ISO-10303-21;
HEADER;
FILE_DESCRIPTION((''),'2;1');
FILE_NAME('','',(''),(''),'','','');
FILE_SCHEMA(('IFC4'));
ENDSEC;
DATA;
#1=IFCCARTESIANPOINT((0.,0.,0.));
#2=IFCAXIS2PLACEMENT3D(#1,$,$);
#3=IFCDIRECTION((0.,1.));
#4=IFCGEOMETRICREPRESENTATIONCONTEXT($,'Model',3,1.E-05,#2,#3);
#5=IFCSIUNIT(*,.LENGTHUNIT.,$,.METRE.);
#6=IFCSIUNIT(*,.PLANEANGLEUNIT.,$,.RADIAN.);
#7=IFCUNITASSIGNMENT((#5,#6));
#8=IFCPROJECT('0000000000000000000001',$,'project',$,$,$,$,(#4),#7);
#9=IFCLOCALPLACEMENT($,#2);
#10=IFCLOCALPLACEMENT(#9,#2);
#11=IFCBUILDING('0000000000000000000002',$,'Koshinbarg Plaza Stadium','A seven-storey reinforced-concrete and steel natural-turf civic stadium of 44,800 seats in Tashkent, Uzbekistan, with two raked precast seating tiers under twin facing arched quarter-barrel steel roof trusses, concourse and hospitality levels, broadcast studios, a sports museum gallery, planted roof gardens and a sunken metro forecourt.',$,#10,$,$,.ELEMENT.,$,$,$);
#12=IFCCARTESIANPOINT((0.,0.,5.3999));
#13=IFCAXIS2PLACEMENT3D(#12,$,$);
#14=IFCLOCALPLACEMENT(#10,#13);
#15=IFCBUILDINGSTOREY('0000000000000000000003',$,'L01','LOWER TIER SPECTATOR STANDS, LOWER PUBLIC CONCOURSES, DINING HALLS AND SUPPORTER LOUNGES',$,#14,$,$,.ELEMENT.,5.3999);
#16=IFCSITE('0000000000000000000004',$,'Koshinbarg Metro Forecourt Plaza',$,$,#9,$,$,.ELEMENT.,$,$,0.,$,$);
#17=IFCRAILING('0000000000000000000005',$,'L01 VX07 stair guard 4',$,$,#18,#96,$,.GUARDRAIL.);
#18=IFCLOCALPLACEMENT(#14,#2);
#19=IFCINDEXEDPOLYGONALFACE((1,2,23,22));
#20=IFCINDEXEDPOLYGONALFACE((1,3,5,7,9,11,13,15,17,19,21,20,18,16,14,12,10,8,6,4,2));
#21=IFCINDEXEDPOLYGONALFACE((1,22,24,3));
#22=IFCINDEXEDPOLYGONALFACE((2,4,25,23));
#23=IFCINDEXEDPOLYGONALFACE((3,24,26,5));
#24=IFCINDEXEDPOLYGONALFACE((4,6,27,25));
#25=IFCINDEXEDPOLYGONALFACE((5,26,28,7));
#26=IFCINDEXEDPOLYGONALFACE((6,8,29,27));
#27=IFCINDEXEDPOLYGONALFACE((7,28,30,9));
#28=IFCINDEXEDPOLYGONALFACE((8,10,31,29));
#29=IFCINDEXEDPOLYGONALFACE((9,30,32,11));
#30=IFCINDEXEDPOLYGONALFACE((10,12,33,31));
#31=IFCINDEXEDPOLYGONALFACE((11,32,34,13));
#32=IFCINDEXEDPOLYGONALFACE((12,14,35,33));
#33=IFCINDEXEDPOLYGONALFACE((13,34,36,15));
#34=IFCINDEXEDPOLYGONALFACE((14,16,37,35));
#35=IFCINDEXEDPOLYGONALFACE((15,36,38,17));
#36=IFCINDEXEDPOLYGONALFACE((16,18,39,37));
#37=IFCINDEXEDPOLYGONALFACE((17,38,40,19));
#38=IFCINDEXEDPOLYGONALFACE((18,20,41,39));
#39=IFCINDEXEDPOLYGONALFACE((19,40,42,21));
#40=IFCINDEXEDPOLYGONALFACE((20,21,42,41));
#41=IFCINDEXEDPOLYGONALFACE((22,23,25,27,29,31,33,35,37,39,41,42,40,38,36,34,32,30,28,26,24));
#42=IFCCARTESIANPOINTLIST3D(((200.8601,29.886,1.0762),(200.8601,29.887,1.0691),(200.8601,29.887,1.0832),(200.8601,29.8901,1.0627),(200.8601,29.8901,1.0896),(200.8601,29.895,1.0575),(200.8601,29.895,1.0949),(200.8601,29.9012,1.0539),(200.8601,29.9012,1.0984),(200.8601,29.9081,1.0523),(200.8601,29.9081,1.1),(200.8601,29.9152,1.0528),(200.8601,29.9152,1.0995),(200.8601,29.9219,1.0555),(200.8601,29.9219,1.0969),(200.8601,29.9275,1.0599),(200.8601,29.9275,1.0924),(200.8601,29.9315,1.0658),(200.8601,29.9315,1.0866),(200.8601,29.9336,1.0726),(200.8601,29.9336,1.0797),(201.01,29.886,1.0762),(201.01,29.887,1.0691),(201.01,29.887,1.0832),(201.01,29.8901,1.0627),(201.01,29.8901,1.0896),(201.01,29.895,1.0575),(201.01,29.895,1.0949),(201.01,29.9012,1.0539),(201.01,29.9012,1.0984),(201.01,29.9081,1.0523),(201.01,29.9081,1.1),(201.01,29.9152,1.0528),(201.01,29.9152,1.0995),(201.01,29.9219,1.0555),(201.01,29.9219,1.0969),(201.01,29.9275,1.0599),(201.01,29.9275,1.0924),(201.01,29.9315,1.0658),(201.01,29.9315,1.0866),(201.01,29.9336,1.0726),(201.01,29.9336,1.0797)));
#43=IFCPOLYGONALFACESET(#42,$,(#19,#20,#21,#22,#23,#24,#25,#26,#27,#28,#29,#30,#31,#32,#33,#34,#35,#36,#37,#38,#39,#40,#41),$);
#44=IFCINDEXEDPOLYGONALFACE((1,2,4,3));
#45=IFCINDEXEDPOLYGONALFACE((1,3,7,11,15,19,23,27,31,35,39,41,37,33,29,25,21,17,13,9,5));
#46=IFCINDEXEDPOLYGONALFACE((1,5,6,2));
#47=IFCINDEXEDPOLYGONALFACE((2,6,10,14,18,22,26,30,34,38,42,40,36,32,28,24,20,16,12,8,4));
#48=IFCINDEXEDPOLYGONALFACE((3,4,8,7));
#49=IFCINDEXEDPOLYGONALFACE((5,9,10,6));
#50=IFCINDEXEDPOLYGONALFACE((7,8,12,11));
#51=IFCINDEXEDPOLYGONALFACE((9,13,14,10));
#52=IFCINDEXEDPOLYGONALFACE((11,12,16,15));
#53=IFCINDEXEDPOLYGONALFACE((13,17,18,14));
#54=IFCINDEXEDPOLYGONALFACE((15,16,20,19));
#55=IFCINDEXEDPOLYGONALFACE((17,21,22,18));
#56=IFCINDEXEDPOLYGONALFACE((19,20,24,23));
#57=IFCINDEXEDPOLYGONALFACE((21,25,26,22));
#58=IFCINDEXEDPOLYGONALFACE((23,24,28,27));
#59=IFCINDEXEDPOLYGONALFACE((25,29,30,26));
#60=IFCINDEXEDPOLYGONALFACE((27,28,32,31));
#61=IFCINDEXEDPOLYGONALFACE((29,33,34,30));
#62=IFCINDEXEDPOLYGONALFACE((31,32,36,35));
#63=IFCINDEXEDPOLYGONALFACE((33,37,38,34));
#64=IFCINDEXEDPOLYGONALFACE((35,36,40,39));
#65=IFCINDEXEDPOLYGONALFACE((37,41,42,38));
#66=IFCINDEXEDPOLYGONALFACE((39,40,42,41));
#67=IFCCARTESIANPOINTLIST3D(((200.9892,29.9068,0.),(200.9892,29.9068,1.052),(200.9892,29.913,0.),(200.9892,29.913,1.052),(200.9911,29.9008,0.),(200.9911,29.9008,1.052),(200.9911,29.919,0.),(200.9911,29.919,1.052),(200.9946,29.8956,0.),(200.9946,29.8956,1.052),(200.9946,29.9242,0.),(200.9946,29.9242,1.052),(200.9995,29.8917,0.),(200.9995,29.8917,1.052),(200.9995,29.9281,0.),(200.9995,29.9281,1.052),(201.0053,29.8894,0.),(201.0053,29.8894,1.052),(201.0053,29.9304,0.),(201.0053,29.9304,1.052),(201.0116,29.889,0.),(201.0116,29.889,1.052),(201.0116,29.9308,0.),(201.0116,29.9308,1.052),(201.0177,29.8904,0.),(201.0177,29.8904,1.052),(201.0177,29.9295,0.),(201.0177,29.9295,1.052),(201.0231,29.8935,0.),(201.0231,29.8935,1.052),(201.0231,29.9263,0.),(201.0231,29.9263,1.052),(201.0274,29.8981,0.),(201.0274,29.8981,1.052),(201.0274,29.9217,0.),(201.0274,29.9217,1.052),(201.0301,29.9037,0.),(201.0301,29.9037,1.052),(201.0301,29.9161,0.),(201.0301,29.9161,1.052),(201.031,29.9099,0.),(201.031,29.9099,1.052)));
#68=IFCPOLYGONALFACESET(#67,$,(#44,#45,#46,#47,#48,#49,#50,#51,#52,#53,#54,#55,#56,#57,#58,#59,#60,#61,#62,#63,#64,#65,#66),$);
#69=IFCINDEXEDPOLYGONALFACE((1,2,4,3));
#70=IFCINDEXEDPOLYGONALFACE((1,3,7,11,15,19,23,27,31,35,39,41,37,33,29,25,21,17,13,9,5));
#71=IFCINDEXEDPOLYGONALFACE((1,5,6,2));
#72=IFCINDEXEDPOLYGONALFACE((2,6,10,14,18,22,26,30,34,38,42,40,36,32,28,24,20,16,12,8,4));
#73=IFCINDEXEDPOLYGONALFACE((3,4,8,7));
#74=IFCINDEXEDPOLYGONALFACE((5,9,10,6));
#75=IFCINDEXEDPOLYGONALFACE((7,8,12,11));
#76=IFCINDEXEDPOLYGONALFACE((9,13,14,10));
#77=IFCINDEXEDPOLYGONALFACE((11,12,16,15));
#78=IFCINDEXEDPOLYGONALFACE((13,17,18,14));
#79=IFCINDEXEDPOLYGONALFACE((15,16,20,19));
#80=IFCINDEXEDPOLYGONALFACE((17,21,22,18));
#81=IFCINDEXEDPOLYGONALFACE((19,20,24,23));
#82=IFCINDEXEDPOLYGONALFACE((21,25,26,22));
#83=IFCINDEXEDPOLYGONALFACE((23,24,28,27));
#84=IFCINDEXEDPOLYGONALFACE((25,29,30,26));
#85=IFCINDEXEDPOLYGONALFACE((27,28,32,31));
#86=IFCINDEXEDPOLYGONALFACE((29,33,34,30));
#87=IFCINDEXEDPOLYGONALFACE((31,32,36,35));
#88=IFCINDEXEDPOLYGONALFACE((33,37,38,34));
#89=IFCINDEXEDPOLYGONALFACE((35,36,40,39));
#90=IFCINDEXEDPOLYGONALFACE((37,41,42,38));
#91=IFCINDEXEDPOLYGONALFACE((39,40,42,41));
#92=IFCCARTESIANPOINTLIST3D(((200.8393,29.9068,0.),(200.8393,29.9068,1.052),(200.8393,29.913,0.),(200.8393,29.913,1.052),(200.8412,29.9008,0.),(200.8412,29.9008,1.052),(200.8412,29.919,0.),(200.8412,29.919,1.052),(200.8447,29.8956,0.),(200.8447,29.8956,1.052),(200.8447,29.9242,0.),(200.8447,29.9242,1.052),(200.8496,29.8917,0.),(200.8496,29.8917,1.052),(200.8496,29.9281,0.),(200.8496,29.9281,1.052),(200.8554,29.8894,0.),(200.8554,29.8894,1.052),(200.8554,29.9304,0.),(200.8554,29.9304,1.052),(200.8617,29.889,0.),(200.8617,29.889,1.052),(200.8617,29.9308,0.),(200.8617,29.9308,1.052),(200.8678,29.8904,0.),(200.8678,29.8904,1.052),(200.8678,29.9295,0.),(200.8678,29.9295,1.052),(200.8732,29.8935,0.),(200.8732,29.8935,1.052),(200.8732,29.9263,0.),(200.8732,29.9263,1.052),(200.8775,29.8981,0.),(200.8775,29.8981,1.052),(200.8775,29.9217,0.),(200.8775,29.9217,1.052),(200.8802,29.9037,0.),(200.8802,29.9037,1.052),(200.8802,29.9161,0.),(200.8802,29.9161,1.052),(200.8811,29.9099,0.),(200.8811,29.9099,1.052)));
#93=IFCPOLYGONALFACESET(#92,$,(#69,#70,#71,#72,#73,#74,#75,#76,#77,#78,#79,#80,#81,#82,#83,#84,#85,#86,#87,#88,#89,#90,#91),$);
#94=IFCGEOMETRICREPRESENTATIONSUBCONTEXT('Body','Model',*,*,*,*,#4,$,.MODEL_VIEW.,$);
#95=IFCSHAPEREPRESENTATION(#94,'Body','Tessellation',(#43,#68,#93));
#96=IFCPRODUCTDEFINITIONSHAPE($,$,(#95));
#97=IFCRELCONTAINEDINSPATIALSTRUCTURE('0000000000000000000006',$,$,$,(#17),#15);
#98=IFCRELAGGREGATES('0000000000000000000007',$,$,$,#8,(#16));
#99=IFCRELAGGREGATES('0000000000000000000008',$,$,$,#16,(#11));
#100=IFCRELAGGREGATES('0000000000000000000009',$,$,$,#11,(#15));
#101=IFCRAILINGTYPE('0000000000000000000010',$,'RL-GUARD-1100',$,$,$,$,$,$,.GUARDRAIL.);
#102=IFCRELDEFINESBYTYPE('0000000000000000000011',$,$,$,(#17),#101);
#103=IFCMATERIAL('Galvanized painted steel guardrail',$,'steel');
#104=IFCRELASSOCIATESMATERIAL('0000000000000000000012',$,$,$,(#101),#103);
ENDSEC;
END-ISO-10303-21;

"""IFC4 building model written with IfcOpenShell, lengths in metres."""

from ifc_helpers import new_model, si_unit, direction, frame, origin, origin_2d, place, context, subcontext, project, spatial, circle, extrude, material, type_object, element, save


model = new_model("IFC4")

# Units and contexts
model_context = context("Model", 3, precision=1e-05, world=origin(), true_north=direction((0.0, 1.0)))
body_context = subcontext(model_context, "Body", "Model", "MODEL_VIEW")
ifc_project = project(units=[si_unit("LENGTHUNIT", "METRE"), si_unit("PLANEANGLEUNIT", "RADIAN")], contexts=[model_context])

# Site, building, storey
site_placement = place(None, origin())
site = spatial("IfcSite", under=ifc_project, at=site_placement, Name="Koshinbarg Metro Forecourt Plaza", CompositionType="ELEMENT", RefElevation=0.0)
building_placement = place(site_placement, origin())
building = spatial("IfcBuilding", under=site, at=building_placement, Name="Koshinbarg Plaza Stadium", Description="A seven-storey reinforced-concrete and steel natural-turf civic stadium of 44,800 seats in Tashkent, Uzbekistan, with two raked precast seating tiers under twin facing arched quarter-barrel steel roof trusses, concourse and hospitality levels, broadcast studios, a sports museum gallery, planted roof gardens and a sunken metro forecourt.", CompositionType="ELEMENT")
storey_placement = place(building_placement, frame((0.0, 0.0, 5.3999)))
storey = spatial("IfcBuildingStorey", under=building, at=storey_placement, Name="L01", Description="LOWER TIER SPECTATOR STANDS, LOWER PUBLIC CONCOURSES, DINING HALLS AND SUPPORTER LOUNGES", CompositionType="ELEMENT", Elevation=5.3999)

# Railing
ifc_material_1 = material(Name="Galvanized painted steel guardrail", Category="steel")
railing_type_1 = type_object("IfcRailingType", Name="RL-GUARD-1100", PredefinedType="GUARDRAIL", material=ifc_material_1)
railing_1_placement = place(storey_placement, frame((201.01, 29.9099, 0.0)))
element("IfcRailing", 1, at=railing_1_placement, inside=storey, type_object=railing_type_1, Name="L01 VX07 stair guard 4", PredefinedType="GUARDRAIL", context=body_context, shape_type="SweptSolid", body=[
    extrude(circle(Radius=0.0239, at=origin_2d()), frame((0.0, 0.0, 1.0762), z_axis=(-1.0, 0.0, 0.0), x_axis=(0.0, -1.0, 0.0)), (0.0, 0.0, 1.0), 0.1499),
    extrude(circle(Radius=0.021, at=origin_2d()), origin(), (0.0, 0.0, 1.0), 1.052),
    extrude(circle(Radius=0.021, at=origin_2d()), frame((-0.1499, 0.0, 0.0)), (0.0, 0.0, 1.0), 1.052),
])

save(model, "model.ifc")
